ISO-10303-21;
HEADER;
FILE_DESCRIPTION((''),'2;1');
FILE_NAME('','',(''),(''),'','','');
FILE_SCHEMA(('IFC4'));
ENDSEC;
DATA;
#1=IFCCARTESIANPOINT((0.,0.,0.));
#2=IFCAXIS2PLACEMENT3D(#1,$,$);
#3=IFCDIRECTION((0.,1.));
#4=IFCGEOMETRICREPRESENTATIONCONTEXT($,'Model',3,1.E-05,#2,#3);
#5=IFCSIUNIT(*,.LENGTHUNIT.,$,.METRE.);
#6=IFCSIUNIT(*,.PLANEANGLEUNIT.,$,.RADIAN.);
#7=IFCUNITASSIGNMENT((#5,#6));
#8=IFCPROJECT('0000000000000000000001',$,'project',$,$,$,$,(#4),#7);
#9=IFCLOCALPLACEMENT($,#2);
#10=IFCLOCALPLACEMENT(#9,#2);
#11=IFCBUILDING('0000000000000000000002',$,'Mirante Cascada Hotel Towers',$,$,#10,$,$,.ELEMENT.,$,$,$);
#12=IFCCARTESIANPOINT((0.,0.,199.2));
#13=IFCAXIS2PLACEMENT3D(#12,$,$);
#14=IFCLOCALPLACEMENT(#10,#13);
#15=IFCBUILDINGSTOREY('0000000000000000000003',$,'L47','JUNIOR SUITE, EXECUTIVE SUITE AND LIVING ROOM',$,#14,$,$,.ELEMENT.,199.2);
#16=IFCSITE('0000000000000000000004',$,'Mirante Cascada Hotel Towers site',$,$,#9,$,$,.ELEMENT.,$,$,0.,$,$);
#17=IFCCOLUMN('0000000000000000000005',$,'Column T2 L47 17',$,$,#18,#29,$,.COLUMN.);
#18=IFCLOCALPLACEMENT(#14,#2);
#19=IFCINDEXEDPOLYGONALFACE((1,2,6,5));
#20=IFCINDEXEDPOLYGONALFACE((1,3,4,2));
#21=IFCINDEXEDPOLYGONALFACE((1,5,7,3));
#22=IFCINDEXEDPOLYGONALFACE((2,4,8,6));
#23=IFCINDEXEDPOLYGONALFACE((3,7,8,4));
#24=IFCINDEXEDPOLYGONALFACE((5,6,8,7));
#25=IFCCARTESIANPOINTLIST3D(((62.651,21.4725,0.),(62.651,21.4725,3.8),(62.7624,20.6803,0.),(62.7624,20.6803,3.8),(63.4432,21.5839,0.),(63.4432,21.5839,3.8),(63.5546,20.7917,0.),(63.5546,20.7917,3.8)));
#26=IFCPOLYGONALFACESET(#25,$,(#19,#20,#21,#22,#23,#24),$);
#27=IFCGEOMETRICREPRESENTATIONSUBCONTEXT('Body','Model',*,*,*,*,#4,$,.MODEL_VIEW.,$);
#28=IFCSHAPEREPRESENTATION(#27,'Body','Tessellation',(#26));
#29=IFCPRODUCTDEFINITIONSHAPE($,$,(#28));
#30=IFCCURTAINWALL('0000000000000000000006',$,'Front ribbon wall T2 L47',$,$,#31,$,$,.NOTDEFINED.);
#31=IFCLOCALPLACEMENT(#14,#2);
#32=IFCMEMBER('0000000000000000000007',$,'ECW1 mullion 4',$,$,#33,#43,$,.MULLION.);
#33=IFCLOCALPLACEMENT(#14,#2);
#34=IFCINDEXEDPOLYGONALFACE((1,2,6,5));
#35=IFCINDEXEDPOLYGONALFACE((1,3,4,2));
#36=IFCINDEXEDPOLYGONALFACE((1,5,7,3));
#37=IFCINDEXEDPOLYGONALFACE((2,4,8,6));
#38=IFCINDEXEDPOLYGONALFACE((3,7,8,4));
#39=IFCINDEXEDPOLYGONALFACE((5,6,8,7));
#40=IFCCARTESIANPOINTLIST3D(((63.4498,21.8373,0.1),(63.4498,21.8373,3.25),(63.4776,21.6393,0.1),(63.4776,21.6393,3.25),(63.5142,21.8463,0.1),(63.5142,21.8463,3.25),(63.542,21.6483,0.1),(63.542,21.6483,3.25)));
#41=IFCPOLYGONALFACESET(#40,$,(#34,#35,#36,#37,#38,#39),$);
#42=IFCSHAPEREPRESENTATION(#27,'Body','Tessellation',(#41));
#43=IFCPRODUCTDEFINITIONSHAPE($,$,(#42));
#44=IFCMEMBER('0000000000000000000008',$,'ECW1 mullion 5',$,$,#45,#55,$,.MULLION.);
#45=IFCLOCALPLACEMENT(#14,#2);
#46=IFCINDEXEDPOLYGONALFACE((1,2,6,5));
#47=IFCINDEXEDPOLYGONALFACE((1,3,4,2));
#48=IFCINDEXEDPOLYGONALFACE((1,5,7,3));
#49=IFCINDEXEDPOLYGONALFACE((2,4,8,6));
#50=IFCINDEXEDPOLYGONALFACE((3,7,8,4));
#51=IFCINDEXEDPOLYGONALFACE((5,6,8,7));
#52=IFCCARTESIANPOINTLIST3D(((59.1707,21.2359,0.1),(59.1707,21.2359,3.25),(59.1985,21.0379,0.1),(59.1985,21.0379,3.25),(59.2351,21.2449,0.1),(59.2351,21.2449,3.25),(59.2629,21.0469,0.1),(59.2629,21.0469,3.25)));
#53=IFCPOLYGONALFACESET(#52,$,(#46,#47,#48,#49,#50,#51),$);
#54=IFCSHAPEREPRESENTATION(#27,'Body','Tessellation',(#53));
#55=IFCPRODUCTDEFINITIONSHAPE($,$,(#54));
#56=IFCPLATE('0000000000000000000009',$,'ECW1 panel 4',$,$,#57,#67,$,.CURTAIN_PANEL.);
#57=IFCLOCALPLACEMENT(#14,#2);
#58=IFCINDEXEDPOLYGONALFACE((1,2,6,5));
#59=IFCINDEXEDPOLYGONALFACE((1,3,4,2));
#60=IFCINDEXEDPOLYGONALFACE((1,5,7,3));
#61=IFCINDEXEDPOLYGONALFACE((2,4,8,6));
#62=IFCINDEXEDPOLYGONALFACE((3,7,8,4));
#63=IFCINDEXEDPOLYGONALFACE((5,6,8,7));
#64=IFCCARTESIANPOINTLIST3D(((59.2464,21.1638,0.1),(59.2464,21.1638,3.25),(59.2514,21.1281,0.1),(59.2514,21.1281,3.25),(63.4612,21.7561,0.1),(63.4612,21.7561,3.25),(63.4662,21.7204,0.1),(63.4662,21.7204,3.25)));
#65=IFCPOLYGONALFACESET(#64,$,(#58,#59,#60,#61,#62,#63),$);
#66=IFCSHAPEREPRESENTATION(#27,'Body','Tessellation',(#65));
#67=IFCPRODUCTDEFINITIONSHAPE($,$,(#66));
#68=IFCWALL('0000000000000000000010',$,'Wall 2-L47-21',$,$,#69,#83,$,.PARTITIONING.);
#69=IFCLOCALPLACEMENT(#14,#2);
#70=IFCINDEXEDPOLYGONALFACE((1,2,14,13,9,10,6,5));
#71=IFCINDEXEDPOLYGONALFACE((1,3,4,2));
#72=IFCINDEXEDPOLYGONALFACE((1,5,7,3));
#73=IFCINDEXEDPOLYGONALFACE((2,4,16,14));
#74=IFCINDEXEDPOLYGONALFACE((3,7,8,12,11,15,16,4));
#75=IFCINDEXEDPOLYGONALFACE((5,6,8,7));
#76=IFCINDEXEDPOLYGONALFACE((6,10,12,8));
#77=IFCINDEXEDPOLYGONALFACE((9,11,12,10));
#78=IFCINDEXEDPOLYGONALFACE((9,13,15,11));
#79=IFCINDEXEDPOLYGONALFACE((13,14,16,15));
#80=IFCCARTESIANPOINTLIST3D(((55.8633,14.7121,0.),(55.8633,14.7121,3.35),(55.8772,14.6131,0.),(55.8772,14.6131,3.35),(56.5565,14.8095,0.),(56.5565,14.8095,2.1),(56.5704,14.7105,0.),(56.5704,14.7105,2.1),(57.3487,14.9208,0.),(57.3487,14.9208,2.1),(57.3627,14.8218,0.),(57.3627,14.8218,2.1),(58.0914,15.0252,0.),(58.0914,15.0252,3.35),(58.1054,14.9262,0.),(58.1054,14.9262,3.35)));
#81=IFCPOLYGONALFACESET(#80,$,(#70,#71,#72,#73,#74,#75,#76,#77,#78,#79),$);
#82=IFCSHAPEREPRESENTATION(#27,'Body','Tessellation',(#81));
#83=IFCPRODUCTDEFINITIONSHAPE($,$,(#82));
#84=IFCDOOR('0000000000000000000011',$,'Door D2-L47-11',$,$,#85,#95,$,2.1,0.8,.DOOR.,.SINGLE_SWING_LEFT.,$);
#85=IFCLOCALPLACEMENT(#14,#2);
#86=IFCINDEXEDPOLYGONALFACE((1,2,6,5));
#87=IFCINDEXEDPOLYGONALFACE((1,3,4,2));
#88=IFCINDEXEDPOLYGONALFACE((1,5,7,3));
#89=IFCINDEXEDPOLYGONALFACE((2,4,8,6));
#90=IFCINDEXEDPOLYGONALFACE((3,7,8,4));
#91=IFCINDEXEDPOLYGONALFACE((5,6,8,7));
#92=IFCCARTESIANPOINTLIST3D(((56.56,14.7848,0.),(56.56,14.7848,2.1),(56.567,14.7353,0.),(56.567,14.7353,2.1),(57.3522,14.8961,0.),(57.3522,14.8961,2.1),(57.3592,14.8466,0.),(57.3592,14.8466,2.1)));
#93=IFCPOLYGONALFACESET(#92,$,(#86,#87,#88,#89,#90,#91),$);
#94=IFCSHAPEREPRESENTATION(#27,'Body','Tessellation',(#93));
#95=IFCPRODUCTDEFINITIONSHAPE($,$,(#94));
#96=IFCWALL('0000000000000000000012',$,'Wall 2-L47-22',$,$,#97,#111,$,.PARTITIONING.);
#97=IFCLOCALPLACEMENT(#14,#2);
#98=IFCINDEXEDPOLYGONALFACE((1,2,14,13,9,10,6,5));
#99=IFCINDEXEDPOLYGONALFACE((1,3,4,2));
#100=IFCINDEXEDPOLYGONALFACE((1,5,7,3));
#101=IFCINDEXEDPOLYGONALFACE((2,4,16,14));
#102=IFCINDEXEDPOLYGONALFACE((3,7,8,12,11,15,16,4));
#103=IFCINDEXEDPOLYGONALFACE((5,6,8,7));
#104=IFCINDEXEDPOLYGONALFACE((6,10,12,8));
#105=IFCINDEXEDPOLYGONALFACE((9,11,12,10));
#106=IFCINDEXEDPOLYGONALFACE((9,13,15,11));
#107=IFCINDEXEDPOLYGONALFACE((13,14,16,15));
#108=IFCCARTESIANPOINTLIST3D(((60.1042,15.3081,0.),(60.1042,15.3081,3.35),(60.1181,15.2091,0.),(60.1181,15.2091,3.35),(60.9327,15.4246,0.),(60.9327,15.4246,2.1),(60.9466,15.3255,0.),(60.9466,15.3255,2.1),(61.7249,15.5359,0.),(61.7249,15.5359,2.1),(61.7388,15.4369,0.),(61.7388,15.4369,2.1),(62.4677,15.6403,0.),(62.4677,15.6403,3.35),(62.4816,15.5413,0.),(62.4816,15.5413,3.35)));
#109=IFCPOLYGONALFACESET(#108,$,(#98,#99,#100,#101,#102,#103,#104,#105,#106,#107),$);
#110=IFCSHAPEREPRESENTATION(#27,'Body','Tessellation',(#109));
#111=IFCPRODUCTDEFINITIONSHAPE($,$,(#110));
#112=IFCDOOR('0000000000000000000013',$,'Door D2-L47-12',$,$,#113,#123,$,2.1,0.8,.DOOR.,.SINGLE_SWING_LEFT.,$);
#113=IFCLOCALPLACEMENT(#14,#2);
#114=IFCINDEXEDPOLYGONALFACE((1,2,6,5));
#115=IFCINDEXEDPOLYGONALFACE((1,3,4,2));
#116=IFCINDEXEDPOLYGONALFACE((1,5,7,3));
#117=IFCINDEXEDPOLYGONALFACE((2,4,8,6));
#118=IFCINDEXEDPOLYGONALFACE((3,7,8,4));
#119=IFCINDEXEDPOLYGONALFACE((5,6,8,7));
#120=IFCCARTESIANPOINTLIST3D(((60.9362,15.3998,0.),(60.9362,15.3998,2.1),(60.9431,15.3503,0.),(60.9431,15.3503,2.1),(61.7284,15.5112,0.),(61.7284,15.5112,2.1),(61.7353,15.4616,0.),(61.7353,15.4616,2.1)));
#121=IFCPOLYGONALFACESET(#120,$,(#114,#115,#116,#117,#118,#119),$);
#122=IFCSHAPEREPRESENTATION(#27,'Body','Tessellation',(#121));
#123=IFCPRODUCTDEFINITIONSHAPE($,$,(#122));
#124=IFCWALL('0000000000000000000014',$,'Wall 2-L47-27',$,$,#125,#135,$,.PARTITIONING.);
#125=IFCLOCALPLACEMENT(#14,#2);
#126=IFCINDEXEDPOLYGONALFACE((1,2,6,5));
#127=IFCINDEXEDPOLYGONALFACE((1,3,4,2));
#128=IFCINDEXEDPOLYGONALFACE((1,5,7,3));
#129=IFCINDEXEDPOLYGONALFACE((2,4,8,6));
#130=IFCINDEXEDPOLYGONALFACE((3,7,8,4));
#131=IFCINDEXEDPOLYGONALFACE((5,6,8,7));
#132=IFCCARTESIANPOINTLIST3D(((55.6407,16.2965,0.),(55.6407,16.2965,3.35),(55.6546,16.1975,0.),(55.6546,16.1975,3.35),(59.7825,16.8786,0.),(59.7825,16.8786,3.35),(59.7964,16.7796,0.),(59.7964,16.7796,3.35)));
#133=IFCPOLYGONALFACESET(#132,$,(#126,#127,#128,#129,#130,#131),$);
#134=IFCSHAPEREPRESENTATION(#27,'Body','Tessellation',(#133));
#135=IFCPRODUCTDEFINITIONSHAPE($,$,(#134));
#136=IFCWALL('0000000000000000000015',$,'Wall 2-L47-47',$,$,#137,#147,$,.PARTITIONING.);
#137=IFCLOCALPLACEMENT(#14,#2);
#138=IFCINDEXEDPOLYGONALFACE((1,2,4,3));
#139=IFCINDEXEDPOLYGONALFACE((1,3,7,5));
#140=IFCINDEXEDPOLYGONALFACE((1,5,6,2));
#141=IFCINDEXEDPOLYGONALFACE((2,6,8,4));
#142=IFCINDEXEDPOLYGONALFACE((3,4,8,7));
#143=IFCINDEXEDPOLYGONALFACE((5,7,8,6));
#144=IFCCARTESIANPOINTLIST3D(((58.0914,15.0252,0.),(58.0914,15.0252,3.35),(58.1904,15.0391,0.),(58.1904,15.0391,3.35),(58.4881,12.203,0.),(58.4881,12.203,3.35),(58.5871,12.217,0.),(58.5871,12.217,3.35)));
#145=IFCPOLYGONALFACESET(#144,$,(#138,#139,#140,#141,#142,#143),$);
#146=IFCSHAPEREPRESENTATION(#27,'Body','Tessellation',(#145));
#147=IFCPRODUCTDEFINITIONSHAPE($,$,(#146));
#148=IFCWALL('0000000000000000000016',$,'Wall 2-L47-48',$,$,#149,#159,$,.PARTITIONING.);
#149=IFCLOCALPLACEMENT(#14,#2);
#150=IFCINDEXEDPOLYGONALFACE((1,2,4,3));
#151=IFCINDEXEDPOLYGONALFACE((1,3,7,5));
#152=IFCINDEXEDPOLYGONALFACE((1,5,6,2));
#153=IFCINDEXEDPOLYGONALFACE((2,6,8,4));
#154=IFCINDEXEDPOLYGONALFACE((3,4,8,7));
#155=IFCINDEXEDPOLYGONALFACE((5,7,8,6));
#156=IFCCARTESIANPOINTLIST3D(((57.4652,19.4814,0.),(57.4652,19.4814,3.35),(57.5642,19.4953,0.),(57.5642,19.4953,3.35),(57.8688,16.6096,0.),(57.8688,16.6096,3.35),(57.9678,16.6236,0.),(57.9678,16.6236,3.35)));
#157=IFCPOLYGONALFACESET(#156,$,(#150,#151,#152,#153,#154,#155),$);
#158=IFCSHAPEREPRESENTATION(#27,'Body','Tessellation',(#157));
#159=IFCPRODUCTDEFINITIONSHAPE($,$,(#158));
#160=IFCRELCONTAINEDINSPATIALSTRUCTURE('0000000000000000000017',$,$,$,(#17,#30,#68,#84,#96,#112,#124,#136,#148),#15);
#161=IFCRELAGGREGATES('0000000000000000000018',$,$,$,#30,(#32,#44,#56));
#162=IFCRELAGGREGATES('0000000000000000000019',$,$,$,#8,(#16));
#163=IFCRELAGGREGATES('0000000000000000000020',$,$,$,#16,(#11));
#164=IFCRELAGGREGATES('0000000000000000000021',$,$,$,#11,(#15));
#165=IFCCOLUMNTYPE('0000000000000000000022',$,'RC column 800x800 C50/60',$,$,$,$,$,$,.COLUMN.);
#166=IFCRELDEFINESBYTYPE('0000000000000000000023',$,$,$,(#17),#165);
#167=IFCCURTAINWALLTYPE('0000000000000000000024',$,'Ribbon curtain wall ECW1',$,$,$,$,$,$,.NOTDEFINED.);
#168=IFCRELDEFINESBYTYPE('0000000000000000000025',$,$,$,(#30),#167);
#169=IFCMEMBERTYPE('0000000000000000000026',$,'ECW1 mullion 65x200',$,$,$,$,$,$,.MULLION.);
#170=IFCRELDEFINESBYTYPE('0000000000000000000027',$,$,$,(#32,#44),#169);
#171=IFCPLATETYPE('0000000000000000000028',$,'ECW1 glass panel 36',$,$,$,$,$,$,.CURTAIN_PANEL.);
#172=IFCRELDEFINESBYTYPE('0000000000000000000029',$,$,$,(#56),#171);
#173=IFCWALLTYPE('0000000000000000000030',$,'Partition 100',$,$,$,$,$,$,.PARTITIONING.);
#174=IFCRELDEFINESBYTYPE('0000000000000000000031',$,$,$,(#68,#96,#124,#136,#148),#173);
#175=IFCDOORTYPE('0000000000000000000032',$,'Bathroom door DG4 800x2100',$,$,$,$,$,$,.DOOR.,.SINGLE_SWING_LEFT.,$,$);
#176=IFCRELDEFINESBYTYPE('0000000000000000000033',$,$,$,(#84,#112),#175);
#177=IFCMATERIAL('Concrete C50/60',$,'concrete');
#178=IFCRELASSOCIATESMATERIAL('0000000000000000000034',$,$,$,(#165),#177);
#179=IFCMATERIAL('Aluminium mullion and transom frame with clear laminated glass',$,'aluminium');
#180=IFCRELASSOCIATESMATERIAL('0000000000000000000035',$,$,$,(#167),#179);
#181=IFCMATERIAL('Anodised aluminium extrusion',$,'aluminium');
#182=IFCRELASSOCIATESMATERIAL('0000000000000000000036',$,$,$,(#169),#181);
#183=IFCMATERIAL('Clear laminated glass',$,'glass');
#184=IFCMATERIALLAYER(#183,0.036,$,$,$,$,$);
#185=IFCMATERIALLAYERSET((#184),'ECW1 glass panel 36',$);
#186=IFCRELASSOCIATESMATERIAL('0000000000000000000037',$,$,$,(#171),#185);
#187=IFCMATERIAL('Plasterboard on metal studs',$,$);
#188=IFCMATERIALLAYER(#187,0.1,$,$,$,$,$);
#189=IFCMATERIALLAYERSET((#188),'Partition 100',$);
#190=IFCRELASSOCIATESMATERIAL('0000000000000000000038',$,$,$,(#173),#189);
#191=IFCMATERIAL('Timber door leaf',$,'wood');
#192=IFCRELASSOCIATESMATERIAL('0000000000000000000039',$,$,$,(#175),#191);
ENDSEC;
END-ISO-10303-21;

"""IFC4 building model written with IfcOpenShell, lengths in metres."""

from ifc_helpers import new_model, si_unit, direction, frame, frame_2d, origin, origin_2d, place, context, subcontext, project, spatial, rectangle, extrude, material, layer, layer_set, material_profile, profile_set, type_object, element, fill, aggregate, save


model = new_model("IFC4")

# Units and contexts
model_context = context("Model", 3, precision=1e-05, world=origin(), true_north=direction((0.0, 1.0)))
body_context = subcontext(model_context, "Body", "Model", "MODEL_VIEW")
ifc_project = project(units=[si_unit("LENGTHUNIT", "METRE"), si_unit("PLANEANGLEUNIT", "RADIAN")], contexts=[model_context])

# Site, building, storey
site_placement = place(None, origin())
site = spatial("IfcSite", under=ifc_project, at=site_placement, Name="Mirante Cascada Hotel Towers site", CompositionType="ELEMENT", RefElevation=0.0)
building_placement = place(site_placement, origin())
building = spatial("IfcBuilding", under=site, at=building_placement, Name="Mirante Cascada Hotel Towers", CompositionType="ELEMENT")
storey_placement = place(building_placement, frame((0.0, 0.0, 199.2)))
storey = spatial("IfcBuildingStorey", under=building, at=storey_placement, Name="L47", Description="JUNIOR SUITE, EXECUTIVE SUITE AND LIVING ROOM", CompositionType="ELEMENT", Elevation=199.2)

# Column
ifc_material_1 = material(Name="Concrete C50/60", Category="concrete")
ifc_material_profile_1 = material_profile(ifc_material_1, rectangle(XDim=0.8, YDim=0.8, at=origin_2d()), Name="RC column 800x800 C50/60")
ifc_profile_set_1 = profile_set([ifc_material_profile_1], Name="Concrete C50/60")
column_type = type_object("IfcColumnType", Name="RC column 800x800 C50/60", PredefinedType="COLUMN", material=ifc_profile_set_1)
column_placement = place(storey_placement, frame((63.1028, 21.1321, 0.0), z_axis=(0.0, 0.0, 1.0), x_axis=(0.990268, 0.139173, 0.0)))
element("IfcColumn", 1, at=column_placement, inside=storey, type_object=column_type, Name="Column T2 L47 17", PredefinedType="COLUMN", context=body_context, shape_type="SweptSolid", body=[
    extrude(rectangle(XDim=0.8, YDim=0.8, at=origin_2d()), origin(), (0.0, 0.0, 1.0), 3.8),
])

# Curtain wall, members, plate
ifc_material_2 = material(Name="Aluminium mullion and transom frame with clear laminated glass", Category="aluminium")
curtain_wall_type = type_object("IfcCurtainWallType", Name="Ribbon curtain wall ECW1", PredefinedType="NOTDEFINED", material=ifc_material_2)
curtain_wall_placement = place(storey_placement, origin())
curtain_wall = element("IfcCurtainWall", 2, at=curtain_wall_placement, inside=storey, type_object=curtain_wall_type, Name="Front ribbon wall T2 L47", PredefinedType="NOTDEFINED")
ifc_material_3 = material(Name="Anodised aluminium extrusion", Category="aluminium")
ifc_material_profile_2 = material_profile(ifc_material_3, rectangle(XDim=0.2, YDim=0.065, at=origin_2d()), Name="ECW1 MULLION 65x200")
ifc_profile_set_2 = profile_set([ifc_material_profile_2], Name="Anodised aluminium extrusion")
member_type = type_object("IfcMemberType", Name="ECW1 mullion 65x200", PredefinedType="MULLION", material=ifc_profile_set_2)
member_1_placement = place(storey_placement, frame((63.4959, 21.7428, 0.1), z_axis=(0.0, 0.0, 1.0), x_axis=(0.139173, -0.990268, 0.0)))
member_1 = element("IfcMember", 3, at=member_1_placement, type_object=member_type, Name="ECW1 mullion 4", PredefinedType="MULLION", context=body_context, shape_type="SweptSolid", body=[
    extrude(rectangle(XDim=0.2, YDim=0.065, at=origin_2d()), origin(), (0.0, 0.0, 1.0), 3.15),
])
member_2_placement = place(storey_placement, frame((59.2168, 21.1414, 0.1), z_axis=(0.0, 0.0, 1.0), x_axis=(0.139173, -0.990268, 0.0)))
member_2 = element("IfcMember", 4, at=member_2_placement, type_object=member_type, Name="ECW1 mullion 5", PredefinedType="MULLION", context=body_context, shape_type="SweptSolid", body=[
    extrude(rectangle(XDim=0.2, YDim=0.065, at=origin_2d()), origin(), (0.0, 0.0, 1.0), 3.15),
])
ifc_material_4 = material(Name="Clear laminated glass", Category="glass")
ifc_layer_1 = layer(ifc_material_4, 0.036)
ifc_layer_set_1 = layer_set([ifc_layer_1], Name="ECW1 glass panel 36")
plate_type = type_object("IfcPlateType", Name="ECW1 glass panel 36", PredefinedType="CURTAIN_PANEL", material=ifc_layer_set_1)
plate_placement = place(storey_placement, frame((61.3563, 21.4421, 0.1), z_axis=(0.0, 0.0, 1.0), x_axis=(-0.990268, -0.139173, 0.0)))
plate = element("IfcPlate", 5, at=plate_placement, type_object=plate_type, Name="ECW1 panel 4", PredefinedType="CURTAIN_PANEL", context=body_context, shape_type="SweptSolid", body=[
    extrude(rectangle(XDim=4.2562, YDim=0.036, at=origin_2d()), origin(), (0.0, 0.0, 1.0), 3.15),
])
aggregate(curtain_wall, [member_1, member_2, plate])

# Walls, openings, doors
ifc_material_5 = material(Name="Plasterboard on metal studs")
ifc_layer_2 = layer(ifc_material_5, 0.1)
ifc_layer_set_2 = layer_set([ifc_layer_2], Name="Partition 100")
wall_type = type_object("IfcWallType", Name="Partition 100", PredefinedType="PARTITIONING", material=ifc_layer_set_2)
wall_1_placement = place(storey_placement, frame((58.0984, 14.9757, 0.0), z_axis=(0.0, 0.0, 1.0), x_axis=(-0.990271, -0.139156, 0.0)))
wall_1 = element("IfcWall", 6, at=wall_1_placement, inside=storey, type_object=wall_type, Name="Wall 2-L47-21", PredefinedType="PARTITIONING", context=body_context, shape_type="SweptSolid", body=[
    extrude(rectangle(XDim=2.25, YDim=0.1, at=frame_2d((1.125, 0.0))), origin(), (0.0, 0.0, 1.0), 3.35),
])
opening_1_placement = place(wall_1_placement, frame((0.75, 0.0, 0.0)))
opening_1 = element("IfcOpeningElement", 7, at=opening_1_placement, cuts=wall_1, PredefinedType="OPENING", context=body_context, shape_type="SweptSolid", body=[
    extrude(rectangle(XDim=0.8, YDim=2.1, at=frame_2d((0.4, 1.05))), frame((0.0, 0.05, 0.0), z_axis=(0.0, -1.0, 0.0), x_axis=(1.0, 0.0, 0.0)), (0.0, 0.0, 1.0), 0.1),
])
ifc_material_6 = material(Name="Timber door leaf", Category="wood")
door_type_1 = type_object("IfcDoorType", Name="Bathroom door DG4 800x2100", OperationType="SINGLE_SWING_LEFT", PredefinedType="DOOR", material=ifc_material_6)
door_1_placement = place(opening_1_placement, origin())
door_1 = element("IfcDoor", 8, at=door_1_placement, inside=storey, type_object=door_type_1, Name="Door D2-L47-11", OperationType="SINGLE_SWING_LEFT", OverallHeight=2.1, OverallWidth=0.8, PredefinedType="DOOR", context=body_context, shape_type="SweptSolid", body=[
    extrude(rectangle(XDim=0.8, YDim=2.1, at=frame_2d((0.4, 1.05))), frame((0.0, 0.025, 0.0), z_axis=(0.0, -1.0, 0.0), x_axis=(1.0, 0.0, 0.0)), (0.0, 0.0, 1.0), 0.05),
])
fill(opening_1, door_1)
wall_2_placement = place(storey_placement, frame((60.1111, 15.2586, 0.0), z_axis=(0.0, 0.0, 1.0), x_axis=(0.990266, 0.139186, 0.0)))
wall_2 = element("IfcWall", 9, at=wall_2_placement, inside=storey, type_object=wall_type, Name="Wall 2-L47-22", PredefinedType="PARTITIONING", context=body_context, shape_type="SweptSolid", body=[
    extrude(rectangle(XDim=2.3867, YDim=0.1, at=frame_2d((1.1934, 0.0))), origin(), (0.0, 0.0, 1.0), 3.35),
])
opening_2_placement = place(wall_2_placement, frame((0.8367, 0.0, 0.0)))
opening_2 = element("IfcOpeningElement", 10, at=opening_2_placement, cuts=wall_2, PredefinedType="OPENING", context=body_context, shape_type="SweptSolid", body=[
    extrude(rectangle(XDim=0.8, YDim=2.1, at=frame_2d((0.4, 1.05))), frame((0.0, 0.05, 0.0), z_axis=(0.0, -1.0, 0.0), x_axis=(1.0, 0.0, 0.0)), (0.0, 0.0, 1.0), 0.1),
])
door_2_placement = place(opening_2_placement, origin())
door_2 = element("IfcDoor", 11, at=door_2_placement, inside=storey, type_object=door_type_1, Name="Door D2-L47-12", OperationType="SINGLE_SWING_LEFT", OverallHeight=2.1, OverallWidth=0.8, PredefinedType="DOOR", context=body_context, shape_type="SweptSolid", body=[
    extrude(rectangle(XDim=0.8, YDim=2.1, at=frame_2d((0.4, 1.05))), frame((0.0, 0.025, 0.0), z_axis=(0.0, -1.0, 0.0), x_axis=(1.0, 0.0, 0.0)), (0.0, 0.0, 1.0), 0.05),
])
fill(opening_2, door_2)

# Walls
wall_3_placement = place(storey_placement, frame((59.7894, 16.8291, 0.0), z_axis=(0.0, 0.0, 1.0), x_axis=(-0.990268, -0.139175, 0.0)))
element("IfcWall", 12, at=wall_3_placement, inside=storey, type_object=wall_type, Name="Wall 2-L47-27", PredefinedType="PARTITIONING", context=body_context, shape_type="SweptSolid", body=[
    extrude(rectangle(XDim=4.1825, YDim=0.1, at=frame_2d((2.0912, 0.0))), origin(), (0.0, 0.0, 1.0), 3.35),
])
wall_4_placement = place(storey_placement, frame((58.1409, 15.0322, 0.0), z_axis=(0.0, 0.0, 1.0), x_axis=(0.139196, -0.990265, 0.0)))
element("IfcWall", 13, at=wall_4_placement, inside=storey, type_object=wall_type, Name="Wall 2-L47-47", PredefinedType="PARTITIONING", context=body_context, shape_type="SweptSolid", body=[
    extrude(rectangle(XDim=2.8499, YDim=0.1, at=frame_2d((1.425, 0.0))), origin(), (0.0, 0.0, 1.0), 3.35),
])
wall_5_placement = place(storey_placement, frame((57.9183, 16.6166, 0.0), z_axis=(0.0, 0.0, 1.0), x_axis=(-0.139171, 0.990268, 0.0)))
element("IfcWall", 14, at=wall_5_placement, inside=storey, type_object=wall_type, Name="Wall 2-L47-48", PredefinedType="PARTITIONING", context=body_context, shape_type="SweptSolid", body=[
    extrude(rectangle(XDim=2.9, YDim=0.1, at=frame_2d((1.45, 0.0))), origin(), (0.0, 0.0, 1.0), 3.35),
])

save(model, "model.ifc")
